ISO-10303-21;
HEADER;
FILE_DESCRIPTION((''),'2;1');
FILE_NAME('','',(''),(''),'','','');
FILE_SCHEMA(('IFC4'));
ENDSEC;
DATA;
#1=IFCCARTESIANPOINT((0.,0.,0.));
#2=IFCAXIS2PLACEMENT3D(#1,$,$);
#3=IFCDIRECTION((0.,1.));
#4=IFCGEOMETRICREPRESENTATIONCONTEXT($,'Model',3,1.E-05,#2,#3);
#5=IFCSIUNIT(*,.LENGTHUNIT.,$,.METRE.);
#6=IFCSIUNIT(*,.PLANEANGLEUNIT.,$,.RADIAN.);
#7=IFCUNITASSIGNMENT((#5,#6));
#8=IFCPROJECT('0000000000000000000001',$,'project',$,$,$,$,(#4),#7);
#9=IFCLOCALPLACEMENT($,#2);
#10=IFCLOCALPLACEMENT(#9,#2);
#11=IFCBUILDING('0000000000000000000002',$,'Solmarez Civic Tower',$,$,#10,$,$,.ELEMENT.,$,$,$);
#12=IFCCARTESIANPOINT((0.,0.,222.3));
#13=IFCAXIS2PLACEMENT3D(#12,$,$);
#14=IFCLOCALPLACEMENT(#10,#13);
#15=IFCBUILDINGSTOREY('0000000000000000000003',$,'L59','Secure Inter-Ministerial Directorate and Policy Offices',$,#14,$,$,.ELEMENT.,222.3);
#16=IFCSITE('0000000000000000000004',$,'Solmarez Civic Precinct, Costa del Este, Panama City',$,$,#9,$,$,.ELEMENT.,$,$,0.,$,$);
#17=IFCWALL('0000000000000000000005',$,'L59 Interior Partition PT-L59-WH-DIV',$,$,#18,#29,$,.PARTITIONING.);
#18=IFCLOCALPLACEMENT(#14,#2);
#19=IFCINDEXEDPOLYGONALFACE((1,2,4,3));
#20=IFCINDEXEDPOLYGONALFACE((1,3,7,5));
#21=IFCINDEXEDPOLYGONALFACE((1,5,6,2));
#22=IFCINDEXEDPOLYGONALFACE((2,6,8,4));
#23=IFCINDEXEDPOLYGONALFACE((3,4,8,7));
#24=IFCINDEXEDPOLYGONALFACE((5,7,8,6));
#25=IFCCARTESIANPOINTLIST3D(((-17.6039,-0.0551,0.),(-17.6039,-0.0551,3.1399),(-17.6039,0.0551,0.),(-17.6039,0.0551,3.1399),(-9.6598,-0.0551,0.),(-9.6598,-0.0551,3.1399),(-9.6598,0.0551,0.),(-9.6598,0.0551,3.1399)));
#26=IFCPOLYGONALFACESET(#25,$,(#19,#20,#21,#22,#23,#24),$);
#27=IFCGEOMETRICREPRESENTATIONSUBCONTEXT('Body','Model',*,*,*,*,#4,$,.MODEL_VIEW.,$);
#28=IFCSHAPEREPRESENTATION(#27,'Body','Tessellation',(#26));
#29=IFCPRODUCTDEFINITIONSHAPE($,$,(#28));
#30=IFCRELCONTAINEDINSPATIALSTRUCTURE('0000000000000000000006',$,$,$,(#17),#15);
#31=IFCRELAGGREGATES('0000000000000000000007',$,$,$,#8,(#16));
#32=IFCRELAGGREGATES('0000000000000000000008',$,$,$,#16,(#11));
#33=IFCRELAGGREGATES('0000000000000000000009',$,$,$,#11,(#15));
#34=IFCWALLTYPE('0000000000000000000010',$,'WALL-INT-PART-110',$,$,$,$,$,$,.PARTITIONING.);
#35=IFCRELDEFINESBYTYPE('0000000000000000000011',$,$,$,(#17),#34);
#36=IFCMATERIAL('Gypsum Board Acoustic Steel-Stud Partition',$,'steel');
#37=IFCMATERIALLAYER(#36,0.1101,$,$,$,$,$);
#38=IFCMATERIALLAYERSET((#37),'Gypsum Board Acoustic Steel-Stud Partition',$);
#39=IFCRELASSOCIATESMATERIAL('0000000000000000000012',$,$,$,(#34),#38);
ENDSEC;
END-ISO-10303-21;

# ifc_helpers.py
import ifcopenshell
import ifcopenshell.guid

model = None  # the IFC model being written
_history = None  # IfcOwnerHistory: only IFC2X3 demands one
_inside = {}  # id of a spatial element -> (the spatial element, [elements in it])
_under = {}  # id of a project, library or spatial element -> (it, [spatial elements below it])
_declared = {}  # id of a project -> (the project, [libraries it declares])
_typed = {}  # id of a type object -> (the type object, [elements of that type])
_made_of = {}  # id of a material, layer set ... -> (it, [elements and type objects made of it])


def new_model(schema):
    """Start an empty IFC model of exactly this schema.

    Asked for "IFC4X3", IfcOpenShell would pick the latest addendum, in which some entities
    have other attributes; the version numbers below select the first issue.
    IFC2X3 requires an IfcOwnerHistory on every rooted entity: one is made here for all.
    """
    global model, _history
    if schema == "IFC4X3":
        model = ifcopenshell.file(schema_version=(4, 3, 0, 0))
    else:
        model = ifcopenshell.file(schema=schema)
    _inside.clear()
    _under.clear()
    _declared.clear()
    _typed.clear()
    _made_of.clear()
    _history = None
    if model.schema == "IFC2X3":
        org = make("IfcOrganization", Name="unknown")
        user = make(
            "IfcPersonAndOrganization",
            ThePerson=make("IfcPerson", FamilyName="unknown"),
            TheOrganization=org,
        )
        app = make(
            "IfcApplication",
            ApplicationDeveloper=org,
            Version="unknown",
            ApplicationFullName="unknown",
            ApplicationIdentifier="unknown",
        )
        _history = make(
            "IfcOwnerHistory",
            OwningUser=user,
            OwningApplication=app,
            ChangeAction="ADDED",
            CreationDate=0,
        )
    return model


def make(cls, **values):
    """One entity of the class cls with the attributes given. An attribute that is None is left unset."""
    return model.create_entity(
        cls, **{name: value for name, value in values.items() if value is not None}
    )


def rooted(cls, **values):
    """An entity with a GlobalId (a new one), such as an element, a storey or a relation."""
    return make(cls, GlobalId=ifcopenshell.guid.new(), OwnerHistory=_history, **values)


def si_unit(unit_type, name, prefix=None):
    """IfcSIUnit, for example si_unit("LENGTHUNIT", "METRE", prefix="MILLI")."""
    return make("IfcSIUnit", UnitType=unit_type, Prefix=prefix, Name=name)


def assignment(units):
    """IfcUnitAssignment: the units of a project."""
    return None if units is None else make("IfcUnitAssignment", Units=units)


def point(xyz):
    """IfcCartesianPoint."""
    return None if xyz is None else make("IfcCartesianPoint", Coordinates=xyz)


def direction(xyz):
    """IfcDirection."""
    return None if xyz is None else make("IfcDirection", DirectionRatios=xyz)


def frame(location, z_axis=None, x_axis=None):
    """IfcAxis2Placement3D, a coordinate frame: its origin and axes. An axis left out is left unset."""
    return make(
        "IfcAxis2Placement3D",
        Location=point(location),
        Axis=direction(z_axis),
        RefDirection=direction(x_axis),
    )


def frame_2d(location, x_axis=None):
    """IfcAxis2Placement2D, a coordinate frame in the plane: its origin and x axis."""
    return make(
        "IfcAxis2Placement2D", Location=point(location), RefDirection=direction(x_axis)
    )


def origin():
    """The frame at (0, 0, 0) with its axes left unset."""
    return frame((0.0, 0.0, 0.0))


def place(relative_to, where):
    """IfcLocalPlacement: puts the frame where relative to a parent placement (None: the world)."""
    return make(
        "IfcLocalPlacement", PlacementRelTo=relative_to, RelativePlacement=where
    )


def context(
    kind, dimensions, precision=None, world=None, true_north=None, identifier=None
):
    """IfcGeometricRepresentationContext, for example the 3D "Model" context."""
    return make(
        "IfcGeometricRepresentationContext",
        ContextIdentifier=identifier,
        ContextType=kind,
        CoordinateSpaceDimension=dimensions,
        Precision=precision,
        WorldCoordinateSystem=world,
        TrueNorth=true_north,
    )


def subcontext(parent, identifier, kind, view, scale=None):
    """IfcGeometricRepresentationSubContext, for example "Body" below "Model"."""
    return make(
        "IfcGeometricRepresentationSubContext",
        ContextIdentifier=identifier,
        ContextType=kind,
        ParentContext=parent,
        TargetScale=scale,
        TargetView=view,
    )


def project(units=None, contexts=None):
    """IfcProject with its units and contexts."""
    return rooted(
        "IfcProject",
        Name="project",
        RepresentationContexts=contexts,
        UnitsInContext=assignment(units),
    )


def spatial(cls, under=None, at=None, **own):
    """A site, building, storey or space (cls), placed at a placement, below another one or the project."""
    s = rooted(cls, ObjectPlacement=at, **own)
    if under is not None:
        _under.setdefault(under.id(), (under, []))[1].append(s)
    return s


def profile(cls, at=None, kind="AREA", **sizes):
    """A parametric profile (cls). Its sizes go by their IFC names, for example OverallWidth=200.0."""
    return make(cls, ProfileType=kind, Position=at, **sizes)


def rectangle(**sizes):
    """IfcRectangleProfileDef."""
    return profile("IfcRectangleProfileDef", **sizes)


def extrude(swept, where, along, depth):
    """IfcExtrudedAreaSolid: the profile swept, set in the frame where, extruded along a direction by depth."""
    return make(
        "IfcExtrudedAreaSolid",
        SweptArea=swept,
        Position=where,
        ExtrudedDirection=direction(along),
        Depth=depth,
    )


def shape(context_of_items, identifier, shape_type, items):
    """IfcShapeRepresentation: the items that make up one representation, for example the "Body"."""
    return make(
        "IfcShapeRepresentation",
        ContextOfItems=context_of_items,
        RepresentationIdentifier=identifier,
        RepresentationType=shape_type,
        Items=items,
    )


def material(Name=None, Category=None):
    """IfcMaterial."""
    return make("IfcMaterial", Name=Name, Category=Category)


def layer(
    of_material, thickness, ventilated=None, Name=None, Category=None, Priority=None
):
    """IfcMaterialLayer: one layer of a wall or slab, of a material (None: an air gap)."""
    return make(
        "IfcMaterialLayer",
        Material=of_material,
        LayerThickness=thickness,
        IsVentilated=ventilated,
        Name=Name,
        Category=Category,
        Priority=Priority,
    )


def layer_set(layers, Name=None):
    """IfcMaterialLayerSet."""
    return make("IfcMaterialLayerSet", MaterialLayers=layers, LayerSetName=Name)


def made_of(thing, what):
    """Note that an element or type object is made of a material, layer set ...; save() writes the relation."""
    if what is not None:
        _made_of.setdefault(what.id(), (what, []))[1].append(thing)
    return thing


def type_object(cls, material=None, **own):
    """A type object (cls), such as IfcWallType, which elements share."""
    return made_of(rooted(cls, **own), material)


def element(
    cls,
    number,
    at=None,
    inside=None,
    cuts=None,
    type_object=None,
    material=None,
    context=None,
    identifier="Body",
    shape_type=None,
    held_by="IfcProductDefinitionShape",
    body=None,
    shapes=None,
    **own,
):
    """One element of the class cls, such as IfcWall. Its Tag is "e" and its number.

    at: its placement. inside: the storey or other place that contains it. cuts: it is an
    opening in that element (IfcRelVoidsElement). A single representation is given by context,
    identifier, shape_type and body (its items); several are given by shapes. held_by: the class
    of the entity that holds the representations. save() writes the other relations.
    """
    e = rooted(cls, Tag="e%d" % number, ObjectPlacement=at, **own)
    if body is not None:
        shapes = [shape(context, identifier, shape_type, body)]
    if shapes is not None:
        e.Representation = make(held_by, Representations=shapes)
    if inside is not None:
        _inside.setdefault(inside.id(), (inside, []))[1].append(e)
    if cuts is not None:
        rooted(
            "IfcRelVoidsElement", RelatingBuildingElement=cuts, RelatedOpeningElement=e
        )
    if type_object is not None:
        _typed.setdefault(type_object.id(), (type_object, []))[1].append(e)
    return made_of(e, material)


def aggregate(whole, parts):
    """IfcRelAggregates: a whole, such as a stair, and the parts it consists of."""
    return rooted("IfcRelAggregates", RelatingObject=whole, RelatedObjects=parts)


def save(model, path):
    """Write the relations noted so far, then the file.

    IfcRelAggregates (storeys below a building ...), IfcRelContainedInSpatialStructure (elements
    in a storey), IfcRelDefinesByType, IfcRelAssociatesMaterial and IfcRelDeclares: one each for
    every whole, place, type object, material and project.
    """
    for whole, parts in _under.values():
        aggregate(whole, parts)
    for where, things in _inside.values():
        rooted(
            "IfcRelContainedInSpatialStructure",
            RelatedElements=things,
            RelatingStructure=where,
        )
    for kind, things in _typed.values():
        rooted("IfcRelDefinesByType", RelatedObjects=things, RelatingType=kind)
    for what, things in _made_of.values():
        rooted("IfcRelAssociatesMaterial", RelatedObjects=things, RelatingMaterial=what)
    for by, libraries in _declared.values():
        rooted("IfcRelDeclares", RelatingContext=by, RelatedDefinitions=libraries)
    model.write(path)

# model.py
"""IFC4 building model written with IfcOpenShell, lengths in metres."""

from ifc_helpers import new_model, si_unit, direction, frame, frame_2d, origin, place, context, subcontext, project, spatial, rectangle, extrude, material, layer, layer_set, type_object, element, save


model = new_model("IFC4")

# Units and contexts
model_context = context("Model", 3, precision=1e-05, world=origin(), true_north=direction((0.0, 1.0)))
body_context = subcontext(model_context, "Body", "Model", "MODEL_VIEW")
ifc_project = project(units=[si_unit("LENGTHUNIT", "METRE"), si_unit("PLANEANGLEUNIT", "RADIAN")], contexts=[model_context])

# Site, building, storey
site_placement = place(None, origin())
site = spatial("IfcSite", under=ifc_project, at=site_placement, Name="Solmarez Civic Precinct, Costa del Este, Panama City", CompositionType="ELEMENT", RefElevation=0.0)
building_placement = place(site_placement, origin())
building = spatial("IfcBuilding", under=site, at=building_placement, Name="Solmarez Civic Tower", CompositionType="ELEMENT")
storey_placement = place(building_placement, frame((0.0, 0.0, 222.3)))
storey = spatial("IfcBuildingStorey", under=building, at=storey_placement, Name="L59", Description="Secure Inter-Ministerial Directorate and Policy Offices", CompositionType="ELEMENT", Elevation=222.3)

# Wall
ifc_material_1 = material(Name="Gypsum Board Acoustic Steel-Stud Partition", Category="steel")
ifc_layer_1 = layer(ifc_material_1, 0.1101)
ifc_layer_set_1 = layer_set([ifc_layer_1], Name="Gypsum Board Acoustic Steel-Stud Partition")
wall_type = type_object("IfcWallType", Name="WALL-INT-PART-110", PredefinedType="PARTITIONING", material=ifc_layer_set_1)
wall_placement = place(storey_placement, frame((-17.604, 0.0, 0.0), z_axis=(0.0, 0.0, 1.0), x_axis=(1.0, 0.0, 0.0)))
element("IfcWall", 1, at=wall_placement, inside=storey, type_object=wall_type, Name="L59 Interior Partition PT-L59-WH-DIV", PredefinedType="PARTITIONING", context=body_context, shape_type="SweptSolid", body=[
    extrude(rectangle(XDim=7.9441, YDim=0.1101, at=frame_2d((3.9722, 0.0))), origin(), (0.0, 0.0, 1.0), 3.1399),
])

save(model, "model.ifc")
